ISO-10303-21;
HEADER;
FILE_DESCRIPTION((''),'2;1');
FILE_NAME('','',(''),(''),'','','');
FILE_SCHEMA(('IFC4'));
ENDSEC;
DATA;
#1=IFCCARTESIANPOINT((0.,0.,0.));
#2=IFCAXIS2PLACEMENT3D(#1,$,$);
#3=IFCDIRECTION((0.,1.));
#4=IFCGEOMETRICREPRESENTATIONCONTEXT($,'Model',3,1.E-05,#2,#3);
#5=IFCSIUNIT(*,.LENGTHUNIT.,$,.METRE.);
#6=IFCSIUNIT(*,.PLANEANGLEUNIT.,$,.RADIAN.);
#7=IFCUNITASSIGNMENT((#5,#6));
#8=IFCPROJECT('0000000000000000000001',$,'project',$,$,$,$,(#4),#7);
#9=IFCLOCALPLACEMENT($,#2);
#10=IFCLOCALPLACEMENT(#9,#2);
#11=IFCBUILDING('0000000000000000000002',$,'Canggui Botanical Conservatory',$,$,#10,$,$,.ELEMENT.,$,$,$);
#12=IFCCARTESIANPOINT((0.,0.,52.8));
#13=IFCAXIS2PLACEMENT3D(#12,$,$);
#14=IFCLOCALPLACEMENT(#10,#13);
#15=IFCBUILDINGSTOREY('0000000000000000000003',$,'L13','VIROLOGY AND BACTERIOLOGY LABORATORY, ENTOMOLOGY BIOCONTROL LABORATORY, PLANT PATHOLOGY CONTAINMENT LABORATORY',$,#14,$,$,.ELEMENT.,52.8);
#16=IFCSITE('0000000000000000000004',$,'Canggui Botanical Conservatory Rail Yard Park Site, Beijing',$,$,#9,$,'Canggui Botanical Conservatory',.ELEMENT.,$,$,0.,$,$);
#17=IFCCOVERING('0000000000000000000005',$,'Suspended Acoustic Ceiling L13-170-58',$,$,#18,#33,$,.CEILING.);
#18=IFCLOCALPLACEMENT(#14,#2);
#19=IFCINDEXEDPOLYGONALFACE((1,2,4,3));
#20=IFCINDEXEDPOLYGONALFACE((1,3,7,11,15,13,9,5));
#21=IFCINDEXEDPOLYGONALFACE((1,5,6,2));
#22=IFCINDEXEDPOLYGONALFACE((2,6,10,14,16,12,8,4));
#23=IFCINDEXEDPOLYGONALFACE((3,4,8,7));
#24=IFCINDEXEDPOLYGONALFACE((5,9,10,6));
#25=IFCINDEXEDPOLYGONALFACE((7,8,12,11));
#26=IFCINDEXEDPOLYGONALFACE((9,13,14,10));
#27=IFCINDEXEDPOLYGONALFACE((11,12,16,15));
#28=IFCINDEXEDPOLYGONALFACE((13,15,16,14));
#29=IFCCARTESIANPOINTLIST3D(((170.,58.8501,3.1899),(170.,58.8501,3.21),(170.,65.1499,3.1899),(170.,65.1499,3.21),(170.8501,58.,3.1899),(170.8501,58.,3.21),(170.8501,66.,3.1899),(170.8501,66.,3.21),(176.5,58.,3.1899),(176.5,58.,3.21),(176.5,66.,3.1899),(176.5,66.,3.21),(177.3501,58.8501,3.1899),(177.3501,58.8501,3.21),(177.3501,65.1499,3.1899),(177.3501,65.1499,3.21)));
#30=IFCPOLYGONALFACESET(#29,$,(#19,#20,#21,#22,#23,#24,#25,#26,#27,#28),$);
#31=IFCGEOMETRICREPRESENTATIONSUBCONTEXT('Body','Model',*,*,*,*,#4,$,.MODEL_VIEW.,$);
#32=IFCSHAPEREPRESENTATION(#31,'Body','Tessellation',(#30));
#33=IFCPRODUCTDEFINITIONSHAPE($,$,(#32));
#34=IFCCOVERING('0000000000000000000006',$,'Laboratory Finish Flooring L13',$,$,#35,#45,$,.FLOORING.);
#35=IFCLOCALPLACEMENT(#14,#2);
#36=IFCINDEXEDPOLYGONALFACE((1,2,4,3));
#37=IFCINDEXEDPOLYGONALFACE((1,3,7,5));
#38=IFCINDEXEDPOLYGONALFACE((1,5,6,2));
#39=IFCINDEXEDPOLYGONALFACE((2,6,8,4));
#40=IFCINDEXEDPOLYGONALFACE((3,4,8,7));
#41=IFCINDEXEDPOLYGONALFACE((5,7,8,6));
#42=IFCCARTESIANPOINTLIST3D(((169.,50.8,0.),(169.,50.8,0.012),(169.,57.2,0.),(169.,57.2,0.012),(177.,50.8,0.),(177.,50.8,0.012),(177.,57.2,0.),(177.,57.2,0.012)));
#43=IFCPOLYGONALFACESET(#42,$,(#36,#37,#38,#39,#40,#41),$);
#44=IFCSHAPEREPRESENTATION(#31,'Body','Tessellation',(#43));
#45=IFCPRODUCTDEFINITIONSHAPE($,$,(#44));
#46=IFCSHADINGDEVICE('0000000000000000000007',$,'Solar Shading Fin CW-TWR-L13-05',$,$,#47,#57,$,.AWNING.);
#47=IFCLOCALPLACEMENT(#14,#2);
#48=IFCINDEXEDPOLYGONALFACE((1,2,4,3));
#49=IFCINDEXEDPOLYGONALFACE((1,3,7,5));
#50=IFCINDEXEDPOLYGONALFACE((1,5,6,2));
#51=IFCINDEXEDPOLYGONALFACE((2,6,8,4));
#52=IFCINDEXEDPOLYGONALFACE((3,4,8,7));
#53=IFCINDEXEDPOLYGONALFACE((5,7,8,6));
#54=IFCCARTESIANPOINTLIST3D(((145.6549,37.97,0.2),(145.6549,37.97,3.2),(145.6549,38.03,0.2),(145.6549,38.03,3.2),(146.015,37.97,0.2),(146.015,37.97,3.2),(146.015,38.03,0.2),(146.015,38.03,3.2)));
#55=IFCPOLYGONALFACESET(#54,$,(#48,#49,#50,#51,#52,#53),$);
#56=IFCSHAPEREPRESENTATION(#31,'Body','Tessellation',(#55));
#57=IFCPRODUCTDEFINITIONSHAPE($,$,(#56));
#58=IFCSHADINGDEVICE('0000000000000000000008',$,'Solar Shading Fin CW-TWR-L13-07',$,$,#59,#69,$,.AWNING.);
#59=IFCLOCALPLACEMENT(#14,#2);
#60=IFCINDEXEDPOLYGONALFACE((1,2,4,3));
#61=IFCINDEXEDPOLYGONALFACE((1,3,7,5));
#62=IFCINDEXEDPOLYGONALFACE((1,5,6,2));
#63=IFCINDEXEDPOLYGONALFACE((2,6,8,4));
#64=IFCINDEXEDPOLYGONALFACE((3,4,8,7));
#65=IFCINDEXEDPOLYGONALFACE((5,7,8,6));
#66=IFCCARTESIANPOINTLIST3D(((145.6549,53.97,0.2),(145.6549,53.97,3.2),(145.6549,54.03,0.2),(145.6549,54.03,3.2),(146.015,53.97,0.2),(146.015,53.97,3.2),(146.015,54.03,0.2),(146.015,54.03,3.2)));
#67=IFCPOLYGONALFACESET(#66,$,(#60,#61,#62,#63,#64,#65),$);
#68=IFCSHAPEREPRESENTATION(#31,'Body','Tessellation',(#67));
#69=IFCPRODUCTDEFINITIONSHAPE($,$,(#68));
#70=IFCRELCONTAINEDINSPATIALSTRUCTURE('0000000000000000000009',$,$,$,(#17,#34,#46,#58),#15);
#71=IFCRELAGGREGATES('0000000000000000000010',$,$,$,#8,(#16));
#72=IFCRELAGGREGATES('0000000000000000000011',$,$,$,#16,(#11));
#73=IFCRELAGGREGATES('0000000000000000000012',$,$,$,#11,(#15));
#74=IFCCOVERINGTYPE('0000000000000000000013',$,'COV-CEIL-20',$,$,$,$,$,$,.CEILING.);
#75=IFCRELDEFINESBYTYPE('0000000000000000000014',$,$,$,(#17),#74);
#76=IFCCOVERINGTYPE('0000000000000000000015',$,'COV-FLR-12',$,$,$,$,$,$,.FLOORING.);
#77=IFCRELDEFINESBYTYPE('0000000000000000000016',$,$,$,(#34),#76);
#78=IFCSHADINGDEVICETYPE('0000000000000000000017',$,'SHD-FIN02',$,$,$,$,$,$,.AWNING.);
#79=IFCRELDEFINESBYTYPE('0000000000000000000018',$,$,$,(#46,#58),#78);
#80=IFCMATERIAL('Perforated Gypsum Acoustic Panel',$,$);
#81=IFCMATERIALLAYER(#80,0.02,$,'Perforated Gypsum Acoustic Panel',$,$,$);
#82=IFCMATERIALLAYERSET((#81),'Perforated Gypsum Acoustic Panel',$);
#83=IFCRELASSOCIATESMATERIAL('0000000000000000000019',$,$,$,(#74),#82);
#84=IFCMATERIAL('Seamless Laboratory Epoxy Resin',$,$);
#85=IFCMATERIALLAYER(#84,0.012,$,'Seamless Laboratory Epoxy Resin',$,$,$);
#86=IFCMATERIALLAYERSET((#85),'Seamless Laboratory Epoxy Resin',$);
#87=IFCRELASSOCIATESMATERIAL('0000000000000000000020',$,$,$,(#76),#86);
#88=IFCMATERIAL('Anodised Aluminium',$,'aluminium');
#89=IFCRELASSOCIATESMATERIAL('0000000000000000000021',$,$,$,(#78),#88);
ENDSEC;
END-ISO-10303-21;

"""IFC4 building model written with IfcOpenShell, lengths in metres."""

from ifc_helpers import new_model, si_unit, direction, frame, origin, origin_2d, place, context, subcontext, project, spatial, polyline, rectangle, outline, extrude, material, layer, layer_set, type_object, element, save


model = new_model("IFC4")

# Units and contexts
model_context = context("Model", 3, precision=1e-05, world=origin(), true_north=direction((0.0, 1.0)))
body_context = subcontext(model_context, "Body", "Model", "MODEL_VIEW")
ifc_project = project(units=[si_unit("LENGTHUNIT", "METRE"), si_unit("PLANEANGLEUNIT", "RADIAN")], contexts=[model_context])

# Site, building, storey
site_placement = place(None, origin())
site = spatial("IfcSite", under=ifc_project, at=site_placement, Name="Canggui Botanical Conservatory Rail Yard Park Site, Beijing", LongName="Canggui Botanical Conservatory", CompositionType="ELEMENT", RefElevation=0.0)
building_placement = place(site_placement, origin())
building = spatial("IfcBuilding", under=site, at=building_placement, Name="Canggui Botanical Conservatory", CompositionType="ELEMENT")
storey_placement = place(building_placement, frame((0.0, 0.0, 52.8)))
storey = spatial("IfcBuildingStorey", under=building, at=storey_placement, Name="L13", Description="VIROLOGY AND BACTERIOLOGY LABORATORY, ENTOMOLOGY BIOCONTROL LABORATORY, PLANT PATHOLOGY CONTAINMENT LABORATORY", CompositionType="ELEMENT", Elevation=52.8)

# Coverings
ifc_material_1 = material(Name="Perforated Gypsum Acoustic Panel")
ifc_layer_1 = layer(ifc_material_1, 0.02, Name="Perforated Gypsum Acoustic Panel")
ifc_layer_set_1 = layer_set([ifc_layer_1], Name="Perforated Gypsum Acoustic Panel")
covering_type_1 = type_object("IfcCoveringType", Name="COV-CEIL-20", PredefinedType="CEILING", material=ifc_layer_set_1)
covering_1_placement = place(storey_placement, frame((0.0, 0.0, 3.1899)))
element("IfcCovering", 1, at=covering_1_placement, inside=storey, type_object=covering_type_1, Name="Suspended Acoustic Ceiling L13-170-58", PredefinedType="CEILING", context=body_context, shape_type="SweptSolid", body=[
    extrude(outline(polyline([(170.8501, 58.0), (176.5, 58.0), (177.3501, 58.8501), (177.3501, 65.1499), (176.5, 66.0), (170.8501, 66.0), (170.0, 65.1499), (170.0, 58.8501), (170.8501, 58.0)])), origin(), (0.0, 0.0, 1.0), 0.02),
])
ifc_material_2 = material(Name="Seamless Laboratory Epoxy Resin")
ifc_layer_2 = layer(ifc_material_2, 0.012, Name="Seamless Laboratory Epoxy Resin")
ifc_layer_set_2 = layer_set([ifc_layer_2], Name="Seamless Laboratory Epoxy Resin")
covering_type_2 = type_object("IfcCoveringType", Name="COV-FLR-12", PredefinedType="FLOORING", material=ifc_layer_set_2)
covering_2_placement = place(storey_placement, origin())
element("IfcCovering", 2, at=covering_2_placement, inside=storey, type_object=covering_type_2, Name="Laboratory Finish Flooring L13", PredefinedType="FLOORING", context=body_context, shape_type="SweptSolid", body=[
    extrude(outline(polyline([(169.0, 50.8), (177.0, 50.8), (177.0, 57.2), (169.0, 57.2), (169.0, 50.8)])), origin(), (0.0, 0.0, 1.0), 0.012),
])

# Shading devices
ifc_material_3 = material(Name="Anodised Aluminium", Category="aluminium")
shading_device_type = type_object("IfcShadingDeviceType", Name="SHD-FIN02", PredefinedType="AWNING", material=ifc_material_3)
for number, where, z_axis, x_axis, name in (
    (3, (145.835, 38.0, 0.2), (0.0, 0.0, 1.0), (0.0, 1.0, 0.0), "Solar Shading Fin CW-TWR-L13-05"),
    (4, (145.835, 54.0, 0.2), (0.0, 0.0, 1.0), (0.0, 1.0, 0.0), "Solar Shading Fin CW-TWR-L13-07"),
):
    element("IfcShadingDevice", number, at=place(storey_placement, frame(where, z_axis=z_axis, x_axis=x_axis)), inside=storey, type_object=shading_device_type, Name=name, PredefinedType="AWNING", context=body_context, shape_type="SweptSolid", body=[
        extrude(rectangle(XDim=0.0601, YDim=0.3601, at=origin_2d()), origin(), (0.0, 0.0, 1.0), 3.0),
    ])

save(model, "model.ifc")
